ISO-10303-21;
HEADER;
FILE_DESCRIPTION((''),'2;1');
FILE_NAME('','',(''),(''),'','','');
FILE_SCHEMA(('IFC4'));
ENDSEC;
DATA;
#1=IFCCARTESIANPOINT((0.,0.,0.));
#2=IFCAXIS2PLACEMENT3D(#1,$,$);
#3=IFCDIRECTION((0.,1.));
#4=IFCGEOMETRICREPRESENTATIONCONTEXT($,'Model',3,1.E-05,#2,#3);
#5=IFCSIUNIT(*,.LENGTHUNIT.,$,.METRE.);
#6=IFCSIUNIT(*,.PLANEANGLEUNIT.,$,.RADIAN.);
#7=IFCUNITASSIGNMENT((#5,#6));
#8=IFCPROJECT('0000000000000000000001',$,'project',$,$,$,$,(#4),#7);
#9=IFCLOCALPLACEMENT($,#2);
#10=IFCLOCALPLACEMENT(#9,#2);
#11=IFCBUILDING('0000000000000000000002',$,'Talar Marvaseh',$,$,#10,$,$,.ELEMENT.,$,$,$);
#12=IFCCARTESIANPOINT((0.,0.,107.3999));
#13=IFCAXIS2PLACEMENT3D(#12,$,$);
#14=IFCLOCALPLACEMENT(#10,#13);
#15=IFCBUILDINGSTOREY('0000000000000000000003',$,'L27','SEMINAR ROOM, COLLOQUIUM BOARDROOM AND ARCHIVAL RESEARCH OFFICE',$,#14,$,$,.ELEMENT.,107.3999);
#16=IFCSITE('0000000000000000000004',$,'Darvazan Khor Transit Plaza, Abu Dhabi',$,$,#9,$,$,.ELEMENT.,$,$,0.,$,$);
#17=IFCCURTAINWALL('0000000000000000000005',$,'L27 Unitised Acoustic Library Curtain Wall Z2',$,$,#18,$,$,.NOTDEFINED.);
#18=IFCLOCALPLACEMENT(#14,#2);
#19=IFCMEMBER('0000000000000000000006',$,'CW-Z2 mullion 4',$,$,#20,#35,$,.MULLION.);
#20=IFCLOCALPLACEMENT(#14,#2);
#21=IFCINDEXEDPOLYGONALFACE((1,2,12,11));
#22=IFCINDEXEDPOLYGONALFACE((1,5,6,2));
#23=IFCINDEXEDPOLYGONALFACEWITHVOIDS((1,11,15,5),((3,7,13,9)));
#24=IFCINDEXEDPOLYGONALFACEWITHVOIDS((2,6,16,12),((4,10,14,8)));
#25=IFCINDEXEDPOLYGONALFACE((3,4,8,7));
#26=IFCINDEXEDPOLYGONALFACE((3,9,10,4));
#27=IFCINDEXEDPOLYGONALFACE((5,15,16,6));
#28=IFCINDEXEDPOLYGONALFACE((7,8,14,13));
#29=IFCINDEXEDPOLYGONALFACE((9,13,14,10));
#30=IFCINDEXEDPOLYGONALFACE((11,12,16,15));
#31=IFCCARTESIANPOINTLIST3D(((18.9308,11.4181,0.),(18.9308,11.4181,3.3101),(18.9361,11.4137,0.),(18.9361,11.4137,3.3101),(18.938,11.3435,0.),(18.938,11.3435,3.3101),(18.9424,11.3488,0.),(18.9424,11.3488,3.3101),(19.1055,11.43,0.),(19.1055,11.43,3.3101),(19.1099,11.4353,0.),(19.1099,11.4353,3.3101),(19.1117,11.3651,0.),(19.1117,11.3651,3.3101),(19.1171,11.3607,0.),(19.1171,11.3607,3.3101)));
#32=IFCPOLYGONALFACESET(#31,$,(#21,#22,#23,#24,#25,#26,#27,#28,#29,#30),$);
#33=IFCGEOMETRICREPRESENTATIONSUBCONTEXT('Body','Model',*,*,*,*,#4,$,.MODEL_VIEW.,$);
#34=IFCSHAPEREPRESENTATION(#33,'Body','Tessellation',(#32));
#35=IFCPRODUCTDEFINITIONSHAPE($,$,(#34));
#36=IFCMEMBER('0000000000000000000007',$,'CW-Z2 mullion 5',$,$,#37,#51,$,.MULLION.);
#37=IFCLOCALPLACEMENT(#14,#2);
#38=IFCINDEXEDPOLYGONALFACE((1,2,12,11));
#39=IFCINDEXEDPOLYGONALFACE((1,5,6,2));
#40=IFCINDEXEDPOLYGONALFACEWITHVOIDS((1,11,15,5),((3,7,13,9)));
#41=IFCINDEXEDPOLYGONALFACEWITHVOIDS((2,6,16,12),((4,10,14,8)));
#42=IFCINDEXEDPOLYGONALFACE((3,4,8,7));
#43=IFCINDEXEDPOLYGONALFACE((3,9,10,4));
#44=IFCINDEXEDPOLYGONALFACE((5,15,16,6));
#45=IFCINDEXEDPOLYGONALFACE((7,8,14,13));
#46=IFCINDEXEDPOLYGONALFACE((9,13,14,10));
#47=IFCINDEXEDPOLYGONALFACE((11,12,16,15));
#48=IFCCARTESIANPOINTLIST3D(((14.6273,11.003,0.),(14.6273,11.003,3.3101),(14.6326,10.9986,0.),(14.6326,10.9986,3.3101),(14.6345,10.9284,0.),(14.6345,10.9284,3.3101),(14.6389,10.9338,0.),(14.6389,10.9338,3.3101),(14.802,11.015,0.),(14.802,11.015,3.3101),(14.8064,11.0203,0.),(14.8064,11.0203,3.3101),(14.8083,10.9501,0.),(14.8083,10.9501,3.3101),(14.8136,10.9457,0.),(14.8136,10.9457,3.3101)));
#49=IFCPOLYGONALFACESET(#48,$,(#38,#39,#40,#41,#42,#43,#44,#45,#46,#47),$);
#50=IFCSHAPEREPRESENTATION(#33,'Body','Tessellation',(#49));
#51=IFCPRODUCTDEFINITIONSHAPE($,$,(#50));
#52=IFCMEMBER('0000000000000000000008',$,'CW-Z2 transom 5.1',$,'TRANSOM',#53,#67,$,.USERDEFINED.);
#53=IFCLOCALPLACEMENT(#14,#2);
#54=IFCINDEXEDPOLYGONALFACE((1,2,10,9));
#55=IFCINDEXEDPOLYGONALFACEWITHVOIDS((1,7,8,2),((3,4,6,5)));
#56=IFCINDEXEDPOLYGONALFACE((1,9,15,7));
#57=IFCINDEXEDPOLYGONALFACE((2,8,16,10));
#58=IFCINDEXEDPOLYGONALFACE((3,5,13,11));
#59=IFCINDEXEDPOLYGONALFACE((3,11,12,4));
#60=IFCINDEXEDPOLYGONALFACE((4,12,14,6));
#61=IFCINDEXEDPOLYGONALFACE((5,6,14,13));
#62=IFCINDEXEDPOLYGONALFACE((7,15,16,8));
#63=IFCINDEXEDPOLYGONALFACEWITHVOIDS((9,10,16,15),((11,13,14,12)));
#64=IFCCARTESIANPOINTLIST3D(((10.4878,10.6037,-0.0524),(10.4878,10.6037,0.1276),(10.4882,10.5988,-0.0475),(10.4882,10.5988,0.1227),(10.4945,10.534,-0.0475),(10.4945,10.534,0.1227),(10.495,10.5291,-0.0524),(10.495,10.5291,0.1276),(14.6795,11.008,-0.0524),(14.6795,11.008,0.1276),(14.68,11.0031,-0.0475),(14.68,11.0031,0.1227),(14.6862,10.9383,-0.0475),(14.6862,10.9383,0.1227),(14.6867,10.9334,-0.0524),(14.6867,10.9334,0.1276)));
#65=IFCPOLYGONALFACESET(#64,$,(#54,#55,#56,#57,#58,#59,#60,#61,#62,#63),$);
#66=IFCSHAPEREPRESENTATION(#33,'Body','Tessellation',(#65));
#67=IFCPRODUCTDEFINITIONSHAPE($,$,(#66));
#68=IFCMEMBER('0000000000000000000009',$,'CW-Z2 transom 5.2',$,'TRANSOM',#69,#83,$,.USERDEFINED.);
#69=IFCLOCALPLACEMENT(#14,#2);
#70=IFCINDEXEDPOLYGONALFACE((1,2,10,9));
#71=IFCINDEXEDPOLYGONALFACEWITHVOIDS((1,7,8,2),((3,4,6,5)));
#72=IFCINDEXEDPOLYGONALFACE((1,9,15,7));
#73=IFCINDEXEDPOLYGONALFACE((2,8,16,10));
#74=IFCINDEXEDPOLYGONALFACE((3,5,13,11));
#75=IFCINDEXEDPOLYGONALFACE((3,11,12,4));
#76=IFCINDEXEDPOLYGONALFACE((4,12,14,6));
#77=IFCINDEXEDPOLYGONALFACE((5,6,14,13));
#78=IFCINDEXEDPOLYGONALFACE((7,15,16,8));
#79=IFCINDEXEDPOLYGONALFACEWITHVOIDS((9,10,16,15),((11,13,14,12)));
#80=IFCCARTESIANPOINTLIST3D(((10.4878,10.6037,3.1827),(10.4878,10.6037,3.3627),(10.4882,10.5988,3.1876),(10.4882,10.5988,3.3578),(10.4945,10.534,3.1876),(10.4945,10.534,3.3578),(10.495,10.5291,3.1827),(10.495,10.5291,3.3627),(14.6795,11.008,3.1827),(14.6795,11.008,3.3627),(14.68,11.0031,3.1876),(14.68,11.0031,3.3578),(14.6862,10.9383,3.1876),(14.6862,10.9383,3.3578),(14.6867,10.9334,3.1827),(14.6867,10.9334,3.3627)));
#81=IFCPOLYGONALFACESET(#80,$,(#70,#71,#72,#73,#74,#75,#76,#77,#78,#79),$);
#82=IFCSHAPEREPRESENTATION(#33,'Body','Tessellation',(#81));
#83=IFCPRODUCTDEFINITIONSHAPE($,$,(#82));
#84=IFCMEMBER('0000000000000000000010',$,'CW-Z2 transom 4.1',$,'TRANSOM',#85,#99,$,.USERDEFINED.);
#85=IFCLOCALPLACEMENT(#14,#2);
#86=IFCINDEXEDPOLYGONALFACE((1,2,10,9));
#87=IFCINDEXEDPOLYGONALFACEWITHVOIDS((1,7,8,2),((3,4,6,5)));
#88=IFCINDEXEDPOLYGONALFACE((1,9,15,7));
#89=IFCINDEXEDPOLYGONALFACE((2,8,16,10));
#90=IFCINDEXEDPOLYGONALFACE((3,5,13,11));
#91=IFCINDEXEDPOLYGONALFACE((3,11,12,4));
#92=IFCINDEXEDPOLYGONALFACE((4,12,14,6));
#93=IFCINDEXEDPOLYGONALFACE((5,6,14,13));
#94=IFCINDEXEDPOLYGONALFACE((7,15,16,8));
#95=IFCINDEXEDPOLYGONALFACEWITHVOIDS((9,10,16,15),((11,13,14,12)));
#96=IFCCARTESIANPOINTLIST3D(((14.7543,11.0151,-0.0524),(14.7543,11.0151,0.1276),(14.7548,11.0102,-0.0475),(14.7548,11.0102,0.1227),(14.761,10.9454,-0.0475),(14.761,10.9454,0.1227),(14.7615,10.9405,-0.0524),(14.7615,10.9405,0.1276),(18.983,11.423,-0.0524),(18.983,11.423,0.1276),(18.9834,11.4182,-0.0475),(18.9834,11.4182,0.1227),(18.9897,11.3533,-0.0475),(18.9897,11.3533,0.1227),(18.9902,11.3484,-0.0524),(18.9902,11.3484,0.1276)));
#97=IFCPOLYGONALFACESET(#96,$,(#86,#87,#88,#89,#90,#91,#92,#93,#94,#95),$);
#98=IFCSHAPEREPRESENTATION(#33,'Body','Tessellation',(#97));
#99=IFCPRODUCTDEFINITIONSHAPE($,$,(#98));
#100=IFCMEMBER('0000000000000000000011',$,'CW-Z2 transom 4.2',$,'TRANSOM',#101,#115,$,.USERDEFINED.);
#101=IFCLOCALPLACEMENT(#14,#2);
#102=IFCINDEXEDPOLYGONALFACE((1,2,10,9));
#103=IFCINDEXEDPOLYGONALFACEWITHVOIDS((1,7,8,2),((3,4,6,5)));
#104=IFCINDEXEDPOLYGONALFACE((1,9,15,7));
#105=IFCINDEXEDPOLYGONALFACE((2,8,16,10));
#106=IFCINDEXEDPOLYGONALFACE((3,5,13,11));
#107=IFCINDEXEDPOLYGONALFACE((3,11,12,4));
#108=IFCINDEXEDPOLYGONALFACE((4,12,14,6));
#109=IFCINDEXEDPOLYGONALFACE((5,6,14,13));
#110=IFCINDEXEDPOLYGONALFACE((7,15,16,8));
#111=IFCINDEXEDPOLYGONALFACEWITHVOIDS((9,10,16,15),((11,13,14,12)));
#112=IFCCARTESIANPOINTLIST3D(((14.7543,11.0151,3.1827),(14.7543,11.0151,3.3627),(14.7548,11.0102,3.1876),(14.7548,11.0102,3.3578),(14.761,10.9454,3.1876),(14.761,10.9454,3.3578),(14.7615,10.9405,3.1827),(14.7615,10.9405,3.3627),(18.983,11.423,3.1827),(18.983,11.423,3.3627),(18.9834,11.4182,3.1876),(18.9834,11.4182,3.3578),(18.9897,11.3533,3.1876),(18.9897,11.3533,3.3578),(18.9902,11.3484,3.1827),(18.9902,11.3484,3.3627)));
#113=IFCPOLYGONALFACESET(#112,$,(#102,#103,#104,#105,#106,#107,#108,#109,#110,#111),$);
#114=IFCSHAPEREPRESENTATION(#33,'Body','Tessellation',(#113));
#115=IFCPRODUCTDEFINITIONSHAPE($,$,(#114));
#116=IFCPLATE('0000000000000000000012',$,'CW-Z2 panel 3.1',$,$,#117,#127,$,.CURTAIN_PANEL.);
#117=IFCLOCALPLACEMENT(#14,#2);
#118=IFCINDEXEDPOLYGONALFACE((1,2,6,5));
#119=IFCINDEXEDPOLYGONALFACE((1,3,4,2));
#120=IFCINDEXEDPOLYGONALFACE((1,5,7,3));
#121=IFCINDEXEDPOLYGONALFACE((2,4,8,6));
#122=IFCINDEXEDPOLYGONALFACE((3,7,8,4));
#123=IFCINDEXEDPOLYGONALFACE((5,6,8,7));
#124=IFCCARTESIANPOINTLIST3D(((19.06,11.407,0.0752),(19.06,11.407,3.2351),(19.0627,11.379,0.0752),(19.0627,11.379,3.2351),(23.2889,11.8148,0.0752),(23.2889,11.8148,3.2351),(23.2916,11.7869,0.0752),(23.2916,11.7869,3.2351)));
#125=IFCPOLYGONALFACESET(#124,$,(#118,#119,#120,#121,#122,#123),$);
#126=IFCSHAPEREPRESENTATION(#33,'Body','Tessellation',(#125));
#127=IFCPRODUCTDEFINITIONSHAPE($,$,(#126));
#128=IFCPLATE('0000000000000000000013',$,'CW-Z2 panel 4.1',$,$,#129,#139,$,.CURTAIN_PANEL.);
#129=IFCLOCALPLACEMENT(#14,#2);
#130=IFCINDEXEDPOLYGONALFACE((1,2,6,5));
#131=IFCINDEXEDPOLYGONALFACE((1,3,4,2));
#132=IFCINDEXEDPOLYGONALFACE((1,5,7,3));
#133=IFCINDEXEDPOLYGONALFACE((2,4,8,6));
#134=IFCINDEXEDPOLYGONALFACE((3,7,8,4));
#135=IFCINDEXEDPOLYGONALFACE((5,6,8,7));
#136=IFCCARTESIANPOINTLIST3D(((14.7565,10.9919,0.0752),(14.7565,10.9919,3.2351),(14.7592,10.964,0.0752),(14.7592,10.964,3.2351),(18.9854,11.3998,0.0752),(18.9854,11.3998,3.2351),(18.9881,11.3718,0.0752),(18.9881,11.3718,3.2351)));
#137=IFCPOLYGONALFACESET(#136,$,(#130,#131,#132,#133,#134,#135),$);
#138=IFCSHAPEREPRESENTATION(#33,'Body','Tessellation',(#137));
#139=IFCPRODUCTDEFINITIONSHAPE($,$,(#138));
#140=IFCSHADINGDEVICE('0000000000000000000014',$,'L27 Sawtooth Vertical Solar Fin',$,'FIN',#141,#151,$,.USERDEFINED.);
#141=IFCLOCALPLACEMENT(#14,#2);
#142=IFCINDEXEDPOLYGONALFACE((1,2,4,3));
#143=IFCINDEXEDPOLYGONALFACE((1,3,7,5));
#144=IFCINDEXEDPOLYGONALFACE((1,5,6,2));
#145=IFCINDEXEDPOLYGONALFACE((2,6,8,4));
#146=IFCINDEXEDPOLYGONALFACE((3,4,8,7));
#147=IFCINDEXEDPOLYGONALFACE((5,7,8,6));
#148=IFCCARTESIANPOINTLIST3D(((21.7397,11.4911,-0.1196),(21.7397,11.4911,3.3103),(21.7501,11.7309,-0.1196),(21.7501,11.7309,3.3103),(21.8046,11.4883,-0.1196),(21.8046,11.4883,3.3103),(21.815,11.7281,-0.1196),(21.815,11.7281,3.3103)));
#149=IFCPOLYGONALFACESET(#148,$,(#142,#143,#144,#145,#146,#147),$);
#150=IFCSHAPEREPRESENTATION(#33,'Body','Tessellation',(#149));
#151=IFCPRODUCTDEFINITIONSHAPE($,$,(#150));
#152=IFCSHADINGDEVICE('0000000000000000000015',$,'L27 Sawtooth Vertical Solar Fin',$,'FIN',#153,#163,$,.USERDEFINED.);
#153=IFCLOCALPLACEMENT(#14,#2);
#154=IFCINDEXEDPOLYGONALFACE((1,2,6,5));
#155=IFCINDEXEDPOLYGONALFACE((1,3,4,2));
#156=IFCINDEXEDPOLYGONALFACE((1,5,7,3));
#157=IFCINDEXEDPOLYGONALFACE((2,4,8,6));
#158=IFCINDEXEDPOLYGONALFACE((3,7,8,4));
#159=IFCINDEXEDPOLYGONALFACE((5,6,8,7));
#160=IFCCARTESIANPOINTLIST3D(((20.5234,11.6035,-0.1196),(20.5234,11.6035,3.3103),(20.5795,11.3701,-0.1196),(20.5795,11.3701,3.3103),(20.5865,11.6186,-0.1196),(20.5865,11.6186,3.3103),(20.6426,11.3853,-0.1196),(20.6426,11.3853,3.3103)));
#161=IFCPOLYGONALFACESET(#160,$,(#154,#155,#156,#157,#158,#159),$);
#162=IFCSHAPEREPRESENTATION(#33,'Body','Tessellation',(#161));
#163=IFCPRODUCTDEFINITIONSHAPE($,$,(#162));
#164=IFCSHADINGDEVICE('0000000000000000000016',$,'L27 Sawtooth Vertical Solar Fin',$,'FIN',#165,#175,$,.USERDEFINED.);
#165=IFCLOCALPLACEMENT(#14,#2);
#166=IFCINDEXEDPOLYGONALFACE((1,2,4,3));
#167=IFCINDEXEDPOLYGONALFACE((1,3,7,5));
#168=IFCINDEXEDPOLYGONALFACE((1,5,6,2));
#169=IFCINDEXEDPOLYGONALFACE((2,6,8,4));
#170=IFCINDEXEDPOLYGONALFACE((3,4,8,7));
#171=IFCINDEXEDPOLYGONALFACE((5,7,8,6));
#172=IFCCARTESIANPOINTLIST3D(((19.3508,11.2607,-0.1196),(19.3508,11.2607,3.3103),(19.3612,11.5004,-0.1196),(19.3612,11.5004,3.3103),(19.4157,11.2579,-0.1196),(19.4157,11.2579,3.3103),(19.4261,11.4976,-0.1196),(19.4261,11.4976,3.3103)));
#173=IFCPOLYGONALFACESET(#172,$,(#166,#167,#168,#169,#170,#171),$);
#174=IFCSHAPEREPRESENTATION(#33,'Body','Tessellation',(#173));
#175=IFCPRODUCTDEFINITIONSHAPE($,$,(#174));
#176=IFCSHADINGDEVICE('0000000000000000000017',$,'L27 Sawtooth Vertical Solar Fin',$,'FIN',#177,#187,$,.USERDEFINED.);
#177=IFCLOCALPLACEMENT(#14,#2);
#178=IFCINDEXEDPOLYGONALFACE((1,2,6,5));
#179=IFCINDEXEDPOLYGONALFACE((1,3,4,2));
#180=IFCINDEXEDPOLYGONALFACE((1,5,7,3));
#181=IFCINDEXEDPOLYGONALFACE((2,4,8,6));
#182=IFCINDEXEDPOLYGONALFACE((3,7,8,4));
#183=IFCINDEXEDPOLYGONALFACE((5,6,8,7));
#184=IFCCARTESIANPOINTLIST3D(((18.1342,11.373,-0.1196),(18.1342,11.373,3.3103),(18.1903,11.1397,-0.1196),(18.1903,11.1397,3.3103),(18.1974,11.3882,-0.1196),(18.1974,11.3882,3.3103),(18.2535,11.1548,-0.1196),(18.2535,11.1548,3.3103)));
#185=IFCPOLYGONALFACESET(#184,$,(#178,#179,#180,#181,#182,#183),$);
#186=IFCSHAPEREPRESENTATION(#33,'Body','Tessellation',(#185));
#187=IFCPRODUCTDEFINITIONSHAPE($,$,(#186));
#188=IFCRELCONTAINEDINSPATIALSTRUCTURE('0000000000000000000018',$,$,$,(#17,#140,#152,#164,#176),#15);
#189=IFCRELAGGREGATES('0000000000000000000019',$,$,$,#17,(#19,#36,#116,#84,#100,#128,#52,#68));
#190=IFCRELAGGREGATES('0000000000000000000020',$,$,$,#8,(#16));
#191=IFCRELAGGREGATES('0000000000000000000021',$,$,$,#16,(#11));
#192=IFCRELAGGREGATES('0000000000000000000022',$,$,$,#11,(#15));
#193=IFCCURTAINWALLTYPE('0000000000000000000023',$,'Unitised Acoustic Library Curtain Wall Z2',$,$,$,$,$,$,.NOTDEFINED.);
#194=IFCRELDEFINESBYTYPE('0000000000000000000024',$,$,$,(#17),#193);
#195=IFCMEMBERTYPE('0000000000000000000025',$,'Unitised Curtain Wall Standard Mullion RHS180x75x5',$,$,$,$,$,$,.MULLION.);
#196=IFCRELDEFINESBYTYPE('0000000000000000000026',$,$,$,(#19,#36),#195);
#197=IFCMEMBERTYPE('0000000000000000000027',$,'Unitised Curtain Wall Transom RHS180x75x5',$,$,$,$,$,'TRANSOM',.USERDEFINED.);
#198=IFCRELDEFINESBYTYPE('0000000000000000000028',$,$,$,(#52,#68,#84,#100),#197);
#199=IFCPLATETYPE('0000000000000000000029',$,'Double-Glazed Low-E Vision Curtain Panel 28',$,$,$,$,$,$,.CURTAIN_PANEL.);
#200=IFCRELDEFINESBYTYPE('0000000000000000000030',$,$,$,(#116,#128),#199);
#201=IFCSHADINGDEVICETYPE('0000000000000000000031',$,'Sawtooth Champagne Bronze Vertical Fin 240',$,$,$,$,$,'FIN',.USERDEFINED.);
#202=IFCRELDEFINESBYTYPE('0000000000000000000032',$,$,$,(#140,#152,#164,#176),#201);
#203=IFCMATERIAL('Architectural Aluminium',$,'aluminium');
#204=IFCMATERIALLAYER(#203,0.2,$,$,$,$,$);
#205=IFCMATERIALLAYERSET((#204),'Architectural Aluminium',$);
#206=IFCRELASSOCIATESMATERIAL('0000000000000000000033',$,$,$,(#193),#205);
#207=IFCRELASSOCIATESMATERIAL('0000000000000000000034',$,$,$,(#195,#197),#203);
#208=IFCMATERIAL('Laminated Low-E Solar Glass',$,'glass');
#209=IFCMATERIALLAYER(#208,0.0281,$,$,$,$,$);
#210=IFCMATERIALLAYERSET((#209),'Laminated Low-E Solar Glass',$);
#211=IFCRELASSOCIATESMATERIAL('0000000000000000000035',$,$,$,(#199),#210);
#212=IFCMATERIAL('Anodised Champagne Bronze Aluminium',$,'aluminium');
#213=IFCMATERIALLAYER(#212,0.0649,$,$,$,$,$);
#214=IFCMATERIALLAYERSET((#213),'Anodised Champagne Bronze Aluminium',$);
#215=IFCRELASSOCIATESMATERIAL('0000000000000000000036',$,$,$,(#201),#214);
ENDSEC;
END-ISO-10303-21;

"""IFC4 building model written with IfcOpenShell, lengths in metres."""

from ifc_helpers import new_model, si_unit, direction, frame, origin, origin_2d, place, context, subcontext, project, spatial, rectangle, hollow_rectangle, extrude, source, transform, mapped, material, layer, layer_set, material_profile, profile_set, type_object, type_shapes, element, aggregate, save


model = new_model("IFC4")

# Units and contexts
model_context = context("Model", 3, precision=1e-05, world=origin(), true_north=direction((0.0, 1.0)))
body_context = subcontext(model_context, "Body", "Model", "MODEL_VIEW")
ifc_project = project(units=[si_unit("LENGTHUNIT", "METRE"), si_unit("PLANEANGLEUNIT", "RADIAN")], contexts=[model_context])

# Site, building, storey
site_placement = place(None, origin())
site = spatial("IfcSite", under=ifc_project, at=site_placement, Name="Darvazan Khor Transit Plaza, Abu Dhabi", CompositionType="ELEMENT", RefElevation=0.0)
building_placement = place(site_placement, origin())
building = spatial("IfcBuilding", under=site, at=building_placement, Name="Talar Marvaseh", CompositionType="ELEMENT")
storey_placement = place(building_placement, frame((0.0, 0.0, 107.3999)))
storey = spatial("IfcBuildingStorey", under=building, at=storey_placement, Name="L27", Description="SEMINAR ROOM, COLLOQUIUM BOARDROOM AND ARCHIVAL RESEARCH OFFICE", CompositionType="ELEMENT", Elevation=107.3999)

# Curtain wall, members, plates
ifc_material_1 = material(Name="Architectural Aluminium", Category="aluminium")
ifc_layer_1 = layer(ifc_material_1, 0.2)
ifc_layer_set_1 = layer_set([ifc_layer_1], Name="Architectural Aluminium")
curtain_wall_type = type_object("IfcCurtainWallType", Name="Unitised Acoustic Library Curtain Wall Z2", PredefinedType="NOTDEFINED", material=ifc_layer_set_1)
curtain_wall_placement = place(storey_placement, origin())
curtain_wall = element("IfcCurtainWall", 1, at=curtain_wall_placement, inside=storey, type_object=curtain_wall_type, Name="L27 Unitised Acoustic Library Curtain Wall Z2", PredefinedType="NOTDEFINED")
ifc_material_profile_1 = material_profile(ifc_material_1, hollow_rectangle(XDim=0.075, YDim=0.1799, WallThickness=0.0049, at=origin_2d()), Name="RHS180x75x5")
ifc_profile_set_1 = profile_set([ifc_material_profile_1], Name="Architectural Aluminium")
member_type_1 = type_object("IfcMemberType", Name="Unitised Curtain Wall Standard Mullion RHS180x75x5", PredefinedType="MULLION", material=ifc_profile_set_1)
shared_shape_1 = source(origin(), body_context, "Body", "SweptSolid", [
    extrude(hollow_rectangle(XDim=0.075, YDim=0.1799, WallThickness=0.0049, at=origin_2d()), origin(), (0.0, 0.0, 1.0), 3.3101),
])
type_shapes(member_type_1, [shared_shape_1])
member_1_placement = place(storey_placement, frame((19.0239, 11.3894, 0.0), z_axis=(0.0, 0.0, 1.0), x_axis=(0.096, -0.995381, 0.0)))
member_1 = element("IfcMember", 2, at=member_1_placement, type_object=member_type_1, Name="CW-Z2 mullion 4", PredefinedType="MULLION", context=body_context, shape_type="MappedRepresentation", body=[
    mapped(shared_shape_1, transform((0.0, 0.0, 0.0), x_axis=(1.0, 0.0, 0.0), y_axis=(0.0, 1.0, 0.0), z_axis=(0.0, 0.0, 1.0), scale=1.0)),
])
member_2_placement = place(storey_placement, frame((14.7205, 10.9744, 0.0), z_axis=(0.0, 0.0, 1.0), x_axis=(0.096, -0.995381, 0.0)))
member_2 = element("IfcMember", 3, at=member_2_placement, type_object=member_type_1, Name="CW-Z2 mullion 5", PredefinedType="MULLION", context=body_context, shape_type="MappedRepresentation", body=[
    mapped(shared_shape_1, transform((0.0, 0.0, 0.0), x_axis=(1.0, 0.0, 0.0), y_axis=(0.0, 1.0, 0.0), z_axis=(0.0, 0.0, 1.0), scale=1.0)),
])
ifc_material_profile_2 = material_profile(ifc_material_1, hollow_rectangle(XDim=0.075, YDim=0.1799, WallThickness=0.0049, at=origin_2d()), Name="RHS180x75x5")
ifc_profile_set_2 = profile_set([ifc_material_profile_2], Name="Architectural Aluminium")
member_type_2 = type_object("IfcMemberType", Name="Unitised Curtain Wall Transom RHS180x75x5", ElementType="TRANSOM", PredefinedType="USERDEFINED", material=ifc_profile_set_2)
shared_shape_2 = source(origin(), body_context, "Body", "SweptSolid", [
    extrude(hollow_rectangle(XDim=0.075, YDim=0.1799, WallThickness=0.0049, at=origin_2d()), origin(), (0.0, 0.0, 1.0), 4.2112),
])
member_3_placement = place(storey_placement, frame((14.6831, 10.9707, 0.0376), z_axis=(-0.995381, -0.096007, 0.0), x_axis=(0.096007, -0.995381, 0.0)))
member_3 = element("IfcMember", 4, at=member_3_placement, type_object=member_type_2, Name="CW-Z2 transom 5.1", ObjectType="TRANSOM", PredefinedType="USERDEFINED", context=body_context, shape_type="MappedRepresentation", body=[
    mapped(shared_shape_2, transform((0.0, 0.0, 0.0), x_axis=(1.0, 0.0, 0.0), y_axis=(0.0, 1.0, 0.0), z_axis=(0.0, 0.0, 1.0), scale=1.0)),
])
member_4_placement = place(storey_placement, frame((14.6831, 10.9707, 3.2727), z_axis=(-0.995381, -0.096007, 0.0), x_axis=(0.096007, -0.995381, 0.0)))
member_4 = element("IfcMember", 5, at=member_4_placement, type_object=member_type_2, Name="CW-Z2 transom 5.2", ObjectType="TRANSOM", PredefinedType="USERDEFINED", context=body_context, shape_type="MappedRepresentation", body=[
    mapped(shared_shape_2, transform((0.0, 0.0, 0.0), x_axis=(1.0, 0.0, 0.0), y_axis=(0.0, 1.0, 0.0), z_axis=(0.0, 0.0, 1.0), scale=1.0)),
])
shared_shape_3 = source(origin(), body_context, "Body", "SweptSolid", [
    extrude(hollow_rectangle(XDim=0.075, YDim=0.1799, WallThickness=0.0049, at=origin_2d()), origin(), (0.0, 0.0, 1.0), 4.2483),
])
type_shapes(member_type_2, [shared_shape_2, shared_shape_3])
member_5_placement = place(storey_placement, frame((18.9866, 11.3857, 0.0376), z_axis=(-0.995379, -0.096027, 0.0), x_axis=(0.096027, -0.995379, 0.0)))
member_5 = element("IfcMember", 6, at=member_5_placement, type_object=member_type_2, Name="CW-Z2 transom 4.1", ObjectType="TRANSOM", PredefinedType="USERDEFINED", context=body_context, shape_type="MappedRepresentation", body=[
    mapped(shared_shape_3, transform((0.0, 0.0, 0.0), x_axis=(1.0, 0.0, 0.0), y_axis=(0.0, 1.0, 0.0), z_axis=(0.0, 0.0, 1.0), scale=1.0)),
])
member_6_placement = place(storey_placement, frame((18.9866, 11.3857, 3.2727), z_axis=(-0.995379, -0.096027, 0.0), x_axis=(0.096027, -0.995379, 0.0)))
member_6 = element("IfcMember", 7, at=member_6_placement, type_object=member_type_2, Name="CW-Z2 transom 4.2", ObjectType="TRANSOM", PredefinedType="USERDEFINED", context=body_context, shape_type="MappedRepresentation", body=[
    mapped(shared_shape_3, transform((0.0, 0.0, 0.0), x_axis=(1.0, 0.0, 0.0), y_axis=(0.0, 1.0, 0.0), z_axis=(0.0, 0.0, 1.0), scale=1.0)),
])
ifc_material_2 = material(Name="Laminated Low-E Solar Glass", Category="glass")
ifc_layer_2 = layer(ifc_material_2, 0.0281)
ifc_layer_set_2 = layer_set([ifc_layer_2], Name="Laminated Low-E Solar Glass")
plate_type = type_object("IfcPlateType", Name="Double-Glazed Low-E Vision Curtain Panel 28", PredefinedType="CURTAIN_PANEL", material=ifc_layer_set_2)
shared_shape_4 = source(origin(), body_context, "Body", "SweptSolid", [
    extrude(rectangle(XDim=4.2485, YDim=0.0281, at=origin_2d()), origin(), (0.0, 0.0, 1.0), 3.1599),
])
type_shapes(plate_type, [shared_shape_4])
plate_1_placement = place(storey_placement, frame((21.1758, 11.5969, 0.0752), z_axis=(0.0, 0.0, 1.0), x_axis=(-0.995381, -0.096, 0.0)))
plate_1 = element("IfcPlate", 8, at=plate_1_placement, type_object=plate_type, Name="CW-Z2 panel 3.1", PredefinedType="CURTAIN_PANEL", context=body_context, shape_type="MappedRepresentation", body=[
    mapped(shared_shape_4, transform((0.0, 0.0, 0.0), x_axis=(1.0, 0.0, 0.0), y_axis=(0.0, 1.0, 0.0), z_axis=(0.0, 0.0, 1.0), scale=1.0)),
])
plate_2_placement = place(storey_placement, frame((16.8723, 11.1819, 0.0752), z_axis=(0.0, 0.0, 1.0), x_axis=(-0.995381, -0.096, 0.0)))
plate_2 = element("IfcPlate", 9, at=plate_2_placement, type_object=plate_type, Name="CW-Z2 panel 4.1", PredefinedType="CURTAIN_PANEL", context=body_context, shape_type="MappedRepresentation", body=[
    mapped(shared_shape_4, transform((0.0, 0.0, 0.0), x_axis=(1.0, 0.0, 0.0), y_axis=(0.0, 1.0, 0.0), z_axis=(0.0, 0.0, 1.0), scale=1.0)),
])
aggregate(curtain_wall, [member_1, member_2, plate_1, member_5, member_6, plate_2, member_3, member_4])

# Shading devices
ifc_material_3 = material(Name="Anodised Champagne Bronze Aluminium", Category="aluminium")
ifc_layer_3 = layer(ifc_material_3, 0.0649)
ifc_layer_set_3 = layer_set([ifc_layer_3], Name="Anodised Champagne Bronze Aluminium")
shading_device_type = type_object("IfcShadingDeviceType", Name="Sawtooth Champagne Bronze Vertical Fin 240", ElementType="FIN", PredefinedType="USERDEFINED", material=ifc_layer_set_3)
shared_shape_5 = source(origin(), body_context, "Body", "SweptSolid", [
    extrude(rectangle(XDim=0.24, YDim=0.0649, at=origin_2d()), origin(), (0.0, 0.0, 1.0), 3.4299),
])
type_shapes(shading_device_type, [shared_shape_5])
for number, where, z_axis, x_axis, name in (
    (10, (21.7773, 11.6096, -0.1196), (0.0, 0.0, 1.0), (-0.043445, -0.999056, 0.0), "L27 Sawtooth Vertical Solar Fin"),
    (11, (20.583, 11.4944, -0.1196), (0.0, 0.0, 1.0), (0.233615, -0.972329, 0.0), "L27 Sawtooth Vertical Solar Fin"),
    (12, (19.3884, 11.3792, -0.1196), (0.0, 0.0, 1.0), (-0.043445, -0.999056, 0.0), "L27 Sawtooth Vertical Solar Fin"),
    (13, (18.1938, 11.2639, -0.1196), (0.0, 0.0, 1.0), (0.233615, -0.972329, 0.0), "L27 Sawtooth Vertical Solar Fin"),
):
    element("IfcShadingDevice", number, at=place(storey_placement, frame(where, z_axis=z_axis, x_axis=x_axis)), inside=storey, type_object=shading_device_type, Name=name, ObjectType="FIN", PredefinedType="USERDEFINED", context=body_context, shape_type="MappedRepresentation", body=[
        mapped(shared_shape_5, transform((0.0, 0.0, 0.0), x_axis=(1.0, 0.0, 0.0), y_axis=(0.0, 1.0, 0.0), z_axis=(0.0, 0.0, 1.0), scale=1.0)),
    ])

save(model, "model.ifc")
